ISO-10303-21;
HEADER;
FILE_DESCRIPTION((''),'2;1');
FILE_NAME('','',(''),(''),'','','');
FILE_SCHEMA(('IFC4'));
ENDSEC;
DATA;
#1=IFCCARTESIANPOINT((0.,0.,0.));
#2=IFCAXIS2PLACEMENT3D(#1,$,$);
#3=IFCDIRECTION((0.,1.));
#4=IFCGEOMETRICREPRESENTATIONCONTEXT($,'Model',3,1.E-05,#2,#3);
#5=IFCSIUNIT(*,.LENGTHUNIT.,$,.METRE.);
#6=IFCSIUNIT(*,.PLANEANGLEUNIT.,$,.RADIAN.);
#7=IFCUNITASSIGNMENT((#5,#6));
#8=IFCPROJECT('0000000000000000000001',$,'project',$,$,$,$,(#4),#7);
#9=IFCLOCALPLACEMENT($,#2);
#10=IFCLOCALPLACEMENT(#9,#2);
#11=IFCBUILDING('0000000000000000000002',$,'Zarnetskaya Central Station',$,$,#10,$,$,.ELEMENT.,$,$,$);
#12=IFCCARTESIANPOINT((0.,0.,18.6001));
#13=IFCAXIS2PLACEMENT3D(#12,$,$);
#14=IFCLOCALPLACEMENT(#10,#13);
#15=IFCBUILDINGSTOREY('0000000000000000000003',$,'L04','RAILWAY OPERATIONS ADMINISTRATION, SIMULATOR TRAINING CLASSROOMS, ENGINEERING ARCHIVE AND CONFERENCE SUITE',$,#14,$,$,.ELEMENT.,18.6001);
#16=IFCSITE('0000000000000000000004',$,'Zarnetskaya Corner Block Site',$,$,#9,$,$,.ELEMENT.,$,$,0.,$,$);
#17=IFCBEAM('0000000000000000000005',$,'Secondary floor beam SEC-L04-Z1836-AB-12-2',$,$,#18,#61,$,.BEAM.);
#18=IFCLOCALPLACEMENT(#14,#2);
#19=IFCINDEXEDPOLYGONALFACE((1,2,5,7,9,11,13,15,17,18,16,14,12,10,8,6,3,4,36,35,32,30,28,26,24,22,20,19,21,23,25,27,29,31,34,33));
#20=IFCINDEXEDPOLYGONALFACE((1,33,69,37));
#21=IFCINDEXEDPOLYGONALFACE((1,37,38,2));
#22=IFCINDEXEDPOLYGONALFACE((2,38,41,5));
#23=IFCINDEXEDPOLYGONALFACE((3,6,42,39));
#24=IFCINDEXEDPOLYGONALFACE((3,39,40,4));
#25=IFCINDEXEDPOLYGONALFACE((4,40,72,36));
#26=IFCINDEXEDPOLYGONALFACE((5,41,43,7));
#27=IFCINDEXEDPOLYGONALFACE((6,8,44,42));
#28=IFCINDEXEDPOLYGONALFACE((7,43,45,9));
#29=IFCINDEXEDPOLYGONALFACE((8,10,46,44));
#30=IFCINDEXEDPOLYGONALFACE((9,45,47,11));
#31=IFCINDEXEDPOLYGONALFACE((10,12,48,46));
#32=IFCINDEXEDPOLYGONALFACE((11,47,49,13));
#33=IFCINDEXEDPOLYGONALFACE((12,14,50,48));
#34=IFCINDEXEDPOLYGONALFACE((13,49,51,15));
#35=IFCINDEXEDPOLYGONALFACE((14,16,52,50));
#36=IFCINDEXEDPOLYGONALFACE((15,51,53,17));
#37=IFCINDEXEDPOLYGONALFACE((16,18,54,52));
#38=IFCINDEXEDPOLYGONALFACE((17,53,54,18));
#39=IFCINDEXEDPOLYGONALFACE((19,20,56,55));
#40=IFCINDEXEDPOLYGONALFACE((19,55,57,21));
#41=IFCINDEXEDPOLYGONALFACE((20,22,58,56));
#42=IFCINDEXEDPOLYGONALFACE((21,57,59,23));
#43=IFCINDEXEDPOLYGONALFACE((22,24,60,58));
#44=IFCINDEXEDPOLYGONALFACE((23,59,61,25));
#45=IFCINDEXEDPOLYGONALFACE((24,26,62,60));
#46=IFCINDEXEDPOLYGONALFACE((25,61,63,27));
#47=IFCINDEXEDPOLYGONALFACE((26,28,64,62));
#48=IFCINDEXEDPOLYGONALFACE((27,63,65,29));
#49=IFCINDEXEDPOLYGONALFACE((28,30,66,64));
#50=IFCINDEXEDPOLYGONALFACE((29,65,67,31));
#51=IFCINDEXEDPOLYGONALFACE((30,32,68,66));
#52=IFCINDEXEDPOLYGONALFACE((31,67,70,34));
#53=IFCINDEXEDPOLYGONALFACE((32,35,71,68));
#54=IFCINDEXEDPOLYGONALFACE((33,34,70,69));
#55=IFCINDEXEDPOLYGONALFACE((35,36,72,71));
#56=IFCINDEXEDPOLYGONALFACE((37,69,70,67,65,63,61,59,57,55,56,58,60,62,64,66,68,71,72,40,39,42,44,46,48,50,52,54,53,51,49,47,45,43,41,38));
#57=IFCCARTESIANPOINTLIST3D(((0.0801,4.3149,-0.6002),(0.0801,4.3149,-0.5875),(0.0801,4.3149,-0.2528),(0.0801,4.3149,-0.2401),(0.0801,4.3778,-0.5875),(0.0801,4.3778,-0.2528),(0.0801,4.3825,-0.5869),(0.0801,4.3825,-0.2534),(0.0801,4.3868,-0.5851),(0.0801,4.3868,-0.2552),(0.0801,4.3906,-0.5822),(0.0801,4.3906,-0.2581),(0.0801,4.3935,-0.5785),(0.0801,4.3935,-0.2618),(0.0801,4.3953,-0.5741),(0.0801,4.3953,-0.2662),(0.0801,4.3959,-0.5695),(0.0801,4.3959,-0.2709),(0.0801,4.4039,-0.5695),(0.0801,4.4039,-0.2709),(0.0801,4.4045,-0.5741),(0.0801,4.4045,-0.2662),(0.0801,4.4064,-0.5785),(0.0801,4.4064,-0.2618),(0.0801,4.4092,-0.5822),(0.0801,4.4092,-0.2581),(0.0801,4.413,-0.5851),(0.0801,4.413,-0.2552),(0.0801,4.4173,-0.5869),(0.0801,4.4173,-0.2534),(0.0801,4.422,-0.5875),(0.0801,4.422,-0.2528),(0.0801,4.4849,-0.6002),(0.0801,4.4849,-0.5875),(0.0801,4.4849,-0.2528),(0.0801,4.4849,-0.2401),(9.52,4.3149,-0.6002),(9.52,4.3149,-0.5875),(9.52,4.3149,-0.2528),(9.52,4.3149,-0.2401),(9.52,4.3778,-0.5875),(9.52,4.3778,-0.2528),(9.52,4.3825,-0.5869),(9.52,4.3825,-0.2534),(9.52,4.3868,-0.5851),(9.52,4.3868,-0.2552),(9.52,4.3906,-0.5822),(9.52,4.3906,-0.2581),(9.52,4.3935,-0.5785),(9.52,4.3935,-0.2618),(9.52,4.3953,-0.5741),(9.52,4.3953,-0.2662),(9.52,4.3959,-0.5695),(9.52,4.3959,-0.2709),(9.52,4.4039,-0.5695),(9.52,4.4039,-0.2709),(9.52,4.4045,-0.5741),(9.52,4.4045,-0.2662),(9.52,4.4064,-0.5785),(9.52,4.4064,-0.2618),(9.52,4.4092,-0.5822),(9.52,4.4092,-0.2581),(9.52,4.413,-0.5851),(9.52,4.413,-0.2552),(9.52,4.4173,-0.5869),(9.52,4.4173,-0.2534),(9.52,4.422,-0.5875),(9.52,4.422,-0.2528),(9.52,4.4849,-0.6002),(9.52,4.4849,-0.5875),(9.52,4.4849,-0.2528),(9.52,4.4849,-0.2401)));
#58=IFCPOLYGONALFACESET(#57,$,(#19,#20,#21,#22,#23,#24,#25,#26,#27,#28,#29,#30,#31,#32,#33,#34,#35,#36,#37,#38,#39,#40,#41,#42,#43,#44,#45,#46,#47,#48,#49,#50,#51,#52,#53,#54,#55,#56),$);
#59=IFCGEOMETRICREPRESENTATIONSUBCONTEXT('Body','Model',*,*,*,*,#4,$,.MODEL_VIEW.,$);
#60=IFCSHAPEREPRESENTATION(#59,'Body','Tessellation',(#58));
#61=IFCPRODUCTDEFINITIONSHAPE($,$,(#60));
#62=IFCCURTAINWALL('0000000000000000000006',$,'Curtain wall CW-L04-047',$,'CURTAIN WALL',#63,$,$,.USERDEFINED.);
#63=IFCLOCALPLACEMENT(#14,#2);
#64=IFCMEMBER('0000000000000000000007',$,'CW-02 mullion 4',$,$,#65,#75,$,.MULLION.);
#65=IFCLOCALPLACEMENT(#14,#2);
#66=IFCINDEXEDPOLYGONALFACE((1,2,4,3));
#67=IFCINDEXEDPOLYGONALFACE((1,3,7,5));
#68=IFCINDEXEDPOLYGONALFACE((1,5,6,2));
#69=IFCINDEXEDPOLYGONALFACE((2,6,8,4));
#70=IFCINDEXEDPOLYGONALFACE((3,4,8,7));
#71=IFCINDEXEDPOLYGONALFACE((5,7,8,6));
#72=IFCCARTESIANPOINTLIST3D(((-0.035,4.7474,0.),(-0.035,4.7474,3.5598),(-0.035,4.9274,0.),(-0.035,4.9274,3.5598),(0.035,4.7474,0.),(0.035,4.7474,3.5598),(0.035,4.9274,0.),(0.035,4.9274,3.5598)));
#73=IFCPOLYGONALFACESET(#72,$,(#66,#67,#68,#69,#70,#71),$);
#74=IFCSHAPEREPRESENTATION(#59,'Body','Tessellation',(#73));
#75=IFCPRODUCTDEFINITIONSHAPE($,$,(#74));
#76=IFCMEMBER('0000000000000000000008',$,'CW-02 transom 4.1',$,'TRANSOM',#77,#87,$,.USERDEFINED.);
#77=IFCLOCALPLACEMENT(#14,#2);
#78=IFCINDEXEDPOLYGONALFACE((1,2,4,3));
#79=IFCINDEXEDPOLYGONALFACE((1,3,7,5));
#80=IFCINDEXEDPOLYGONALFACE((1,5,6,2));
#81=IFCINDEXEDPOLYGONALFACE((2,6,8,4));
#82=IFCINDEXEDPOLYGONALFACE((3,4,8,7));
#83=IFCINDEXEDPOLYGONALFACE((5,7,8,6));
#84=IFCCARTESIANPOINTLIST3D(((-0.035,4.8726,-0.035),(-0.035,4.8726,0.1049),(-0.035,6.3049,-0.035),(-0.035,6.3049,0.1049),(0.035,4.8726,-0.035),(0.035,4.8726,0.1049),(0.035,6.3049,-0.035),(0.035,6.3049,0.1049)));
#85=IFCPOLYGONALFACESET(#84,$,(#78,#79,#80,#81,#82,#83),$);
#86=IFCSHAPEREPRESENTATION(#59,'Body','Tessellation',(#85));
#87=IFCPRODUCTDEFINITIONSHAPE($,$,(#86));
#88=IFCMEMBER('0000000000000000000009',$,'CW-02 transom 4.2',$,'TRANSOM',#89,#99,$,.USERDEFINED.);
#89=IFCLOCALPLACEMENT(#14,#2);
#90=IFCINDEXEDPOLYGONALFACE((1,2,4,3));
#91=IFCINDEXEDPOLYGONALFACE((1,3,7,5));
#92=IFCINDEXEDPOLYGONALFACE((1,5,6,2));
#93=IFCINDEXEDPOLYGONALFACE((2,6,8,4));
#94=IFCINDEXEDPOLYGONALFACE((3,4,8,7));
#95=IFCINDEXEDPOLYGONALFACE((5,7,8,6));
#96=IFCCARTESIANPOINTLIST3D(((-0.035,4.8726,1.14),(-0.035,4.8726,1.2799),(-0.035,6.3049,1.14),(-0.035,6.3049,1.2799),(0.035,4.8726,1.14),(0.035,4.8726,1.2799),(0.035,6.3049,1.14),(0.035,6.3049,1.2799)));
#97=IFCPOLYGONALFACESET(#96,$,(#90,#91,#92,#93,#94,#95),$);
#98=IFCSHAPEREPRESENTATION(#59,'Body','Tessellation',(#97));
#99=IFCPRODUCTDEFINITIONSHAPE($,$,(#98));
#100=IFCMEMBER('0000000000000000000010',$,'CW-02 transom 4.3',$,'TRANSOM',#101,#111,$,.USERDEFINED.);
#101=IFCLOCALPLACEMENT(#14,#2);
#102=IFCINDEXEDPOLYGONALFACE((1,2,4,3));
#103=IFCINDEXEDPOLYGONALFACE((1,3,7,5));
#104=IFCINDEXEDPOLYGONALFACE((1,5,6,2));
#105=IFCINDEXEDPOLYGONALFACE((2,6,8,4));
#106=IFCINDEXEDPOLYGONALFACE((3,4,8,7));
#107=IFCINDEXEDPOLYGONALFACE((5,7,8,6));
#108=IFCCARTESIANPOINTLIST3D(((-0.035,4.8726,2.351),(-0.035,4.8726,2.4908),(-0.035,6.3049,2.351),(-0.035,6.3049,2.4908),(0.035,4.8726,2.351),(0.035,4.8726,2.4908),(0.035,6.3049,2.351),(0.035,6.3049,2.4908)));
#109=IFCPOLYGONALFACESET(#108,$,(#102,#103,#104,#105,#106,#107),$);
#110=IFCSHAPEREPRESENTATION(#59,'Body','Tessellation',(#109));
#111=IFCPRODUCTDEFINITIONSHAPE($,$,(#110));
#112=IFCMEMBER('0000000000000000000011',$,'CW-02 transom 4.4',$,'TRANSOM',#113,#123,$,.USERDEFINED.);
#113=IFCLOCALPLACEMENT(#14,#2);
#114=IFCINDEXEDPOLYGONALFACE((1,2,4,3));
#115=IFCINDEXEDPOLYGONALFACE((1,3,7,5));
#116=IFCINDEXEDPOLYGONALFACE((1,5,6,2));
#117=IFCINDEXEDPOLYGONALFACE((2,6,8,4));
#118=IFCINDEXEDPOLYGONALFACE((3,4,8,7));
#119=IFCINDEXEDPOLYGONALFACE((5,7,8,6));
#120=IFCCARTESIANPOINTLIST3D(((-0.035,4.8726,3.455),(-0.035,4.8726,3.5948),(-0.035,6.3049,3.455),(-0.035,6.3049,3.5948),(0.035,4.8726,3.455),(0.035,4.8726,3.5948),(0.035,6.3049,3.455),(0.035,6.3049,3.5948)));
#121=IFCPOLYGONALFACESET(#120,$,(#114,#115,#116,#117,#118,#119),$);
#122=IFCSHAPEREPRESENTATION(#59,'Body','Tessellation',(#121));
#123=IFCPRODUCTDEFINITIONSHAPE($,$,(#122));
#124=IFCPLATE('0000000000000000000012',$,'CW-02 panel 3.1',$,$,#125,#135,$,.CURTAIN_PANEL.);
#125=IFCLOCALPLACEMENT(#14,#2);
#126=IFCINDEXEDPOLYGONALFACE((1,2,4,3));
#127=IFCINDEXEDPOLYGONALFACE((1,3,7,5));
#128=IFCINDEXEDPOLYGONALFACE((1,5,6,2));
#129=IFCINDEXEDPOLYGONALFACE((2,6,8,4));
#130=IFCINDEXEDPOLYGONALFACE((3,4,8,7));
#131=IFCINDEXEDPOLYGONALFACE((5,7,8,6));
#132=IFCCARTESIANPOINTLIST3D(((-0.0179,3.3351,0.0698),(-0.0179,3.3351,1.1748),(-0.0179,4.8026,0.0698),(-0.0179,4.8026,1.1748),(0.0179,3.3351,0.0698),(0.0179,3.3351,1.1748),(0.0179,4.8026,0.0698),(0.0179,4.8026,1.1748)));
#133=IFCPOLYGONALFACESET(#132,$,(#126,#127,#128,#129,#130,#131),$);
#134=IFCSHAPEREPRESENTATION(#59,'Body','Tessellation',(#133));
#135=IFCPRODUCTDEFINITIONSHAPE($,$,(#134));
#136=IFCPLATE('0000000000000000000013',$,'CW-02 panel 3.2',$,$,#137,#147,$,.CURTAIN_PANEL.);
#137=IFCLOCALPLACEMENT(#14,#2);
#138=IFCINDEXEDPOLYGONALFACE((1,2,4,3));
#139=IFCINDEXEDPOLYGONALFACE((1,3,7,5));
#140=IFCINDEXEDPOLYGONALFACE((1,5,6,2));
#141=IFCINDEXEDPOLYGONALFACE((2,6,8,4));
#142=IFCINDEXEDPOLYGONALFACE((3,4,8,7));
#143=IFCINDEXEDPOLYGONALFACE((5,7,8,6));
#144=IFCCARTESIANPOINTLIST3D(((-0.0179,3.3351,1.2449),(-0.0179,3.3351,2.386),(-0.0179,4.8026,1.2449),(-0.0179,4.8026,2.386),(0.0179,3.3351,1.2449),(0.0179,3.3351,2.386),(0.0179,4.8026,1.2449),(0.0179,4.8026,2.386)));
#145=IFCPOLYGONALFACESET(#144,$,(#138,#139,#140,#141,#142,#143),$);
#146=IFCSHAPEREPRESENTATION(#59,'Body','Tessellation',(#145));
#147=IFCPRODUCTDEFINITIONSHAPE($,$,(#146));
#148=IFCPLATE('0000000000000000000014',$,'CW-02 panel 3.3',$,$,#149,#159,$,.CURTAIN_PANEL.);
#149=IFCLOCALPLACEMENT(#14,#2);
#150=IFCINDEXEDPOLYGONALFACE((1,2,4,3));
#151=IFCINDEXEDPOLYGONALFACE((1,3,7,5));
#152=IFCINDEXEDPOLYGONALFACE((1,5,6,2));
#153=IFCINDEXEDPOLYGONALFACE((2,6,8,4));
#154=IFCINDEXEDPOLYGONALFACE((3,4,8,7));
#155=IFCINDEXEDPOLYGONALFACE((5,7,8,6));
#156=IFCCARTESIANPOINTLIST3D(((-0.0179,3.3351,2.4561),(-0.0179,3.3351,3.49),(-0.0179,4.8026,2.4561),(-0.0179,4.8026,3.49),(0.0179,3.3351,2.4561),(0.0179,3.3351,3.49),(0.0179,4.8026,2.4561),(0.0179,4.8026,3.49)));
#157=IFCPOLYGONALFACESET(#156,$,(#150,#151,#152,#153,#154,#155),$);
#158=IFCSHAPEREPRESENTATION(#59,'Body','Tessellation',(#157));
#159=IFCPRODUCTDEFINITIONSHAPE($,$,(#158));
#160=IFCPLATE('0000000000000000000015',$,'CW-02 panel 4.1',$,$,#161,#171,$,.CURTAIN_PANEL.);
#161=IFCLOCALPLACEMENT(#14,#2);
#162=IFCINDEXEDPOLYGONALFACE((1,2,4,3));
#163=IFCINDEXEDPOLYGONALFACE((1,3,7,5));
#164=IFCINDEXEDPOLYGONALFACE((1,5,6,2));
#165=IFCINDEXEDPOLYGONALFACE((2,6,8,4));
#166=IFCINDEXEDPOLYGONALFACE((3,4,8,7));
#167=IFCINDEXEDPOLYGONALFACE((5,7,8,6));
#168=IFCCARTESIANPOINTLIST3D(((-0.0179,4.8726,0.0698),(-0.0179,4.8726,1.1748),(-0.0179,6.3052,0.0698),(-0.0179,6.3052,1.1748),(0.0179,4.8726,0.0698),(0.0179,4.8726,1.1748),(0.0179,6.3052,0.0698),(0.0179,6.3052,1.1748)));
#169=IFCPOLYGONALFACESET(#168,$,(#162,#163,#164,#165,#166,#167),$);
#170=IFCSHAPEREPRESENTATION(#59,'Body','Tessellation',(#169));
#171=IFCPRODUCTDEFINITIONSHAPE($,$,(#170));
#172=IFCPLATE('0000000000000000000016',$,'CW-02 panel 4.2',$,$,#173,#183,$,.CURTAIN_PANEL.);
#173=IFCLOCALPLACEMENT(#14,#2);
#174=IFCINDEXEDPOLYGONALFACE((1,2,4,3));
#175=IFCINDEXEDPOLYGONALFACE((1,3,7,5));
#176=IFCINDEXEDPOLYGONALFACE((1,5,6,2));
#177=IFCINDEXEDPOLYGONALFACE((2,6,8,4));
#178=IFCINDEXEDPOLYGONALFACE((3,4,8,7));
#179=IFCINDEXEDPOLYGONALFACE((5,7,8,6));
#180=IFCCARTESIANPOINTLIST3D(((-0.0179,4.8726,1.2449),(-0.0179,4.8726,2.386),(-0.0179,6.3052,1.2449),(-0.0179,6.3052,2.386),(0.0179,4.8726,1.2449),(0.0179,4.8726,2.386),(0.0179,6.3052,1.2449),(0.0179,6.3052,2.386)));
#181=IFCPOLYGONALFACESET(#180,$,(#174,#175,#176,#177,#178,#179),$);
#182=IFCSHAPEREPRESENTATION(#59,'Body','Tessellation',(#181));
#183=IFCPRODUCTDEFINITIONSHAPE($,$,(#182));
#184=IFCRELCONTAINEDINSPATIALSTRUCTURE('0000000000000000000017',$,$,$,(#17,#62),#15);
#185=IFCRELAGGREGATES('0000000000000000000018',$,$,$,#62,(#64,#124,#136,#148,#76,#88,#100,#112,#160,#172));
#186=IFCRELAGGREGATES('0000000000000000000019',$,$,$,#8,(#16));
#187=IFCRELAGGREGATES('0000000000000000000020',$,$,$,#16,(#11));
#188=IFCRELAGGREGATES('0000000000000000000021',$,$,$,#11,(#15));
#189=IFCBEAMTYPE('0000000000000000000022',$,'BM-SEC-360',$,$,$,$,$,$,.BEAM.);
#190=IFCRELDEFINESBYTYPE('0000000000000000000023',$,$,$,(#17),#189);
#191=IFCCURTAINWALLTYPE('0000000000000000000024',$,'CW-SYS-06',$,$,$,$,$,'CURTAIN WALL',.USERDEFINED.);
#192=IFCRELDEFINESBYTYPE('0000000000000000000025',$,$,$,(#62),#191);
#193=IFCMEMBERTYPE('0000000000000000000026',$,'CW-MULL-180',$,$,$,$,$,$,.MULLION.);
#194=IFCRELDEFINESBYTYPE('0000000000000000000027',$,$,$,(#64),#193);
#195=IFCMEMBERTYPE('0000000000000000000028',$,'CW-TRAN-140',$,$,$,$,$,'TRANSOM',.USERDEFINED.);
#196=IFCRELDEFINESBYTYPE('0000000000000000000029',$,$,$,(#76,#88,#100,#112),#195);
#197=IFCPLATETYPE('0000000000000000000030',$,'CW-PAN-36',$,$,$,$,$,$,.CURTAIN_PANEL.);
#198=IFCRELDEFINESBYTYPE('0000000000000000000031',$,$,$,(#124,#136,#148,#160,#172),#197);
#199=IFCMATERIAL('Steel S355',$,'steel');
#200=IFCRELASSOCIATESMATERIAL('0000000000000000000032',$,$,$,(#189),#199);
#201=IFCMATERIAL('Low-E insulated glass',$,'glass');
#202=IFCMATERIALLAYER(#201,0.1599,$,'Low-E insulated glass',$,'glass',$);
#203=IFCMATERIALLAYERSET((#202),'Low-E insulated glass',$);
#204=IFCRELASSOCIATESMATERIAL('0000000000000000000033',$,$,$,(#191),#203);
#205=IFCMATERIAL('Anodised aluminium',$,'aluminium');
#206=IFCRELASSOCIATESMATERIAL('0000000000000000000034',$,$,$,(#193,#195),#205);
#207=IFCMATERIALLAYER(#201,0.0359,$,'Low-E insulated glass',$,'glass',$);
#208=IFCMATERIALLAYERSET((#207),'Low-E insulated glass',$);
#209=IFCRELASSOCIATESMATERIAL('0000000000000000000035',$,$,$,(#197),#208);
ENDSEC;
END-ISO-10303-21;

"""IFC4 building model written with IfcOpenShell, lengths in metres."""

from ifc_helpers import new_model, si_unit, direction, frame, origin, origin_2d, place, context, subcontext, project, spatial, rectangle, i_section, extrude, material, layer, layer_set, material_profile, profile_set, type_object, element, aggregate, save


model = new_model("IFC4")

# Units and contexts
model_context = context("Model", 3, precision=1e-05, world=origin(), true_north=direction((0.0, 1.0)))
body_context = subcontext(model_context, "Body", "Model", "MODEL_VIEW")
ifc_project = project(units=[si_unit("LENGTHUNIT", "METRE"), si_unit("PLANEANGLEUNIT", "RADIAN")], contexts=[model_context])

# Site, building, storey
site_placement = place(None, origin())
site = spatial("IfcSite", under=ifc_project, at=site_placement, Name="Zarnetskaya Corner Block Site", CompositionType="ELEMENT", RefElevation=0.0)
building_placement = place(site_placement, origin())
building = spatial("IfcBuilding", under=site, at=building_placement, Name="Zarnetskaya Central Station", CompositionType="ELEMENT")
storey_placement = place(building_placement, frame((0.0, 0.0, 18.6001)))
storey = spatial("IfcBuildingStorey", under=building, at=storey_placement, Name="L04", Description="RAILWAY OPERATIONS ADMINISTRATION, SIMULATOR TRAINING CLASSROOMS, ENGINEERING ARCHIVE AND CONFERENCE SUITE", CompositionType="ELEMENT", Elevation=18.6001)

# Beam
ifc_material_1 = material(Name="Steel S355", Category="steel")
ifc_material_profile_1 = material_profile(ifc_material_1, i_section(OverallWidth=0.1699, OverallDepth=0.3601, WebThickness=0.0081, FlangeThickness=0.0127, FilletRadius=0.0181, at=origin_2d()), Name="IPE 360")
ifc_profile_set_1 = profile_set([ifc_material_profile_1], Name="Steel S355")
beam_type = type_object("IfcBeamType", Name="BM-SEC-360", PredefinedType="BEAM", material=ifc_profile_set_1)
beam_placement = place(storey_placement, frame((0.0801, 4.3999, -0.4202), z_axis=(1.0, 0.0, 0.0), x_axis=(0.0, 1.0, 0.0)))
element("IfcBeam", 1, at=beam_placement, inside=storey, type_object=beam_type, Name="Secondary floor beam SEC-L04-Z1836-AB-12-2", PredefinedType="BEAM", context=body_context, shape_type="SweptSolid", body=[
    extrude(i_section(OverallWidth=0.1699, OverallDepth=0.3601, WebThickness=0.0081, FlangeThickness=0.0127, FilletRadius=0.0181, at=origin_2d()), origin(), (0.0, 0.0, 1.0), 9.4399),
])

# Curtain wall, members, plates
ifc_material_2 = material(Name="Low-E insulated glass", Category="glass")
ifc_layer_1 = layer(ifc_material_2, 0.1599, Name="Low-E insulated glass", Category="glass")
ifc_layer_set_1 = layer_set([ifc_layer_1], Name="Low-E insulated glass")
curtain_wall_type = type_object("IfcCurtainWallType", Name="CW-SYS-06", ElementType="CURTAIN WALL", PredefinedType="USERDEFINED", material=ifc_layer_set_1)
curtain_wall_placement = place(storey_placement, origin())
curtain_wall = element("IfcCurtainWall", 2, at=curtain_wall_placement, inside=storey, type_object=curtain_wall_type, Name="Curtain wall CW-L04-047", ObjectType="CURTAIN WALL", PredefinedType="USERDEFINED")
ifc_material_3 = material(Name="Anodised aluminium", Category="aluminium")
ifc_material_profile_2 = material_profile(ifc_material_3, rectangle(XDim=0.0701, YDim=0.1799, at=origin_2d()), Name="ALU MULL 70x180")
ifc_profile_set_2 = profile_set([ifc_material_profile_2], Name="Anodised aluminium")
member_type_1 = type_object("IfcMemberType", Name="CW-MULL-180", PredefinedType="MULLION", material=ifc_profile_set_2)
member_1_placement = place(storey_placement, frame((0.0, 4.8374, 0.0), z_axis=(0.0, 0.0, 1.0), x_axis=(-1.0, 0.0, 0.0)))
member_1 = element("IfcMember", 3, at=member_1_placement, type_object=member_type_1, Name="CW-02 mullion 4", PredefinedType="MULLION", context=body_context, shape_type="SweptSolid", body=[
    extrude(rectangle(XDim=0.0701, YDim=0.1799, at=origin_2d()), origin(), (0.0, 0.0, 1.0), 3.5598),
])
ifc_material_profile_3 = material_profile(ifc_material_3, rectangle(XDim=0.0701, YDim=0.1399, at=origin_2d()), Name="ALU TRAN 70x140")
ifc_profile_set_3 = profile_set([ifc_material_profile_3], Name="Anodised aluminium")
member_type_2 = type_object("IfcMemberType", Name="CW-TRAN-140", ElementType="TRANSOM", PredefinedType="USERDEFINED", material=ifc_profile_set_3)
member_2_placement = place(storey_placement, frame((0.0, 4.8726, 0.0349), z_axis=(0.0, 1.0, 0.0), x_axis=(-1.0, 0.0, 0.0)))
member_2 = element("IfcMember", 4, at=member_2_placement, type_object=member_type_2, Name="CW-02 transom 4.1", ObjectType="TRANSOM", PredefinedType="USERDEFINED", context=body_context, shape_type="SweptSolid", body=[
    extrude(rectangle(XDim=0.0701, YDim=0.1399, at=origin_2d()), origin(), (0.0, 0.0, 1.0), 1.4324),
])
member_3_placement = place(storey_placement, frame((0.0, 4.8726, 1.21), z_axis=(0.0, 1.0, 0.0), x_axis=(-1.0, 0.0, 0.0)))
member_3 = element("IfcMember", 5, at=member_3_placement, type_object=member_type_2, Name="CW-02 transom 4.2", ObjectType="TRANSOM", PredefinedType="USERDEFINED", context=body_context, shape_type="SweptSolid", body=[
    extrude(rectangle(XDim=0.0701, YDim=0.1399, at=origin_2d()), origin(), (0.0, 0.0, 1.0), 1.4324),
])
member_4_placement = place(storey_placement, frame((0.0, 4.8726, 2.4209), z_axis=(0.0, 1.0, 0.0), x_axis=(-1.0, 0.0, 0.0)))
member_4 = element("IfcMember", 6, at=member_4_placement, type_object=member_type_2, Name="CW-02 transom 4.3", ObjectType="TRANSOM", PredefinedType="USERDEFINED", context=body_context, shape_type="SweptSolid", body=[
    extrude(rectangle(XDim=0.0701, YDim=0.1399, at=origin_2d()), origin(), (0.0, 0.0, 1.0), 1.4324),
])
member_5_placement = place(storey_placement, frame((0.0, 4.8726, 3.5249), z_axis=(0.0, 1.0, 0.0), x_axis=(-1.0, 0.0, 0.0)))
member_5 = element("IfcMember", 7, at=member_5_placement, type_object=member_type_2, Name="CW-02 transom 4.4", ObjectType="TRANSOM", PredefinedType="USERDEFINED", context=body_context, shape_type="SweptSolid", body=[
    extrude(rectangle(XDim=0.0701, YDim=0.1399, at=origin_2d()), origin(), (0.0, 0.0, 1.0), 1.4324),
])
ifc_layer_2 = layer(ifc_material_2, 0.0359, Name="Low-E insulated glass", Category="glass")
ifc_layer_set_2 = layer_set([ifc_layer_2], Name="Low-E insulated glass")
plate_type = type_object("IfcPlateType", Name="CW-PAN-36", PredefinedType="CURTAIN_PANEL", material=ifc_layer_set_2)
plate_1_placement = place(storey_placement, frame((0.0, 4.0688, 0.0698), z_axis=(0.0, 0.0, 1.0), x_axis=(0.0, 1.0, 0.0)))
plate_1 = element("IfcPlate", 8, at=plate_1_placement, type_object=plate_type, Name="CW-02 panel 3.1", PredefinedType="CURTAIN_PANEL", context=body_context, shape_type="SweptSolid", body=[
    extrude(rectangle(XDim=1.4675, YDim=0.0359, at=origin_2d()), origin(), (0.0, 0.0, 1.0), 1.105),
])
plate_2_placement = place(storey_placement, frame((0.0, 4.0688, 1.2449), z_axis=(0.0, 0.0, 1.0), x_axis=(0.0, 1.0, 0.0)))
plate_2 = element("IfcPlate", 9, at=plate_2_placement, type_object=plate_type, Name="CW-02 panel 3.2", PredefinedType="CURTAIN_PANEL", context=body_context, shape_type="SweptSolid", body=[
    extrude(rectangle(XDim=1.4675, YDim=0.0359, at=origin_2d()), origin(), (0.0, 0.0, 1.0), 1.1411),
])
plate_3_placement = place(storey_placement, frame((0.0, 4.0688, 2.4561), z_axis=(0.0, 0.0, 1.0), x_axis=(0.0, 1.0, 0.0)))
plate_3 = element("IfcPlate", 10, at=plate_3_placement, type_object=plate_type, Name="CW-02 panel 3.3", PredefinedType="CURTAIN_PANEL", context=body_context, shape_type="SweptSolid", body=[
    extrude(rectangle(XDim=1.4675, YDim=0.0359, at=origin_2d()), origin(), (0.0, 0.0, 1.0), 1.0339),
])
plate_4_placement = place(storey_placement, frame((0.0, 5.5889, 0.0698), z_axis=(0.0, 0.0, 1.0), x_axis=(0.0, 1.0, 0.0)))
plate_4 = element("IfcPlate", 11, at=plate_4_placement, type_object=plate_type, Name="CW-02 panel 4.1", PredefinedType="CURTAIN_PANEL", context=body_context, shape_type="SweptSolid", body=[
    extrude(rectangle(XDim=1.4326, YDim=0.0359, at=origin_2d()), origin(), (0.0, 0.0, 1.0), 1.105),
])
plate_5_placement = place(storey_placement, frame((0.0, 5.5889, 1.2449), z_axis=(0.0, 0.0, 1.0), x_axis=(0.0, 1.0, 0.0)))
plate_5 = element("IfcPlate", 12, at=plate_5_placement, type_object=plate_type, Name="CW-02 panel 4.2", PredefinedType="CURTAIN_PANEL", context=body_context, shape_type="SweptSolid", body=[
    extrude(rectangle(XDim=1.4326, YDim=0.0359, at=origin_2d()), origin(), (0.0, 0.0, 1.0), 1.1411),
])
aggregate(curtain_wall, [member_1, plate_1, plate_2, plate_3, member_2, member_3, member_4, member_5, plate_4, plate_5])

save(model, "model.ifc")
